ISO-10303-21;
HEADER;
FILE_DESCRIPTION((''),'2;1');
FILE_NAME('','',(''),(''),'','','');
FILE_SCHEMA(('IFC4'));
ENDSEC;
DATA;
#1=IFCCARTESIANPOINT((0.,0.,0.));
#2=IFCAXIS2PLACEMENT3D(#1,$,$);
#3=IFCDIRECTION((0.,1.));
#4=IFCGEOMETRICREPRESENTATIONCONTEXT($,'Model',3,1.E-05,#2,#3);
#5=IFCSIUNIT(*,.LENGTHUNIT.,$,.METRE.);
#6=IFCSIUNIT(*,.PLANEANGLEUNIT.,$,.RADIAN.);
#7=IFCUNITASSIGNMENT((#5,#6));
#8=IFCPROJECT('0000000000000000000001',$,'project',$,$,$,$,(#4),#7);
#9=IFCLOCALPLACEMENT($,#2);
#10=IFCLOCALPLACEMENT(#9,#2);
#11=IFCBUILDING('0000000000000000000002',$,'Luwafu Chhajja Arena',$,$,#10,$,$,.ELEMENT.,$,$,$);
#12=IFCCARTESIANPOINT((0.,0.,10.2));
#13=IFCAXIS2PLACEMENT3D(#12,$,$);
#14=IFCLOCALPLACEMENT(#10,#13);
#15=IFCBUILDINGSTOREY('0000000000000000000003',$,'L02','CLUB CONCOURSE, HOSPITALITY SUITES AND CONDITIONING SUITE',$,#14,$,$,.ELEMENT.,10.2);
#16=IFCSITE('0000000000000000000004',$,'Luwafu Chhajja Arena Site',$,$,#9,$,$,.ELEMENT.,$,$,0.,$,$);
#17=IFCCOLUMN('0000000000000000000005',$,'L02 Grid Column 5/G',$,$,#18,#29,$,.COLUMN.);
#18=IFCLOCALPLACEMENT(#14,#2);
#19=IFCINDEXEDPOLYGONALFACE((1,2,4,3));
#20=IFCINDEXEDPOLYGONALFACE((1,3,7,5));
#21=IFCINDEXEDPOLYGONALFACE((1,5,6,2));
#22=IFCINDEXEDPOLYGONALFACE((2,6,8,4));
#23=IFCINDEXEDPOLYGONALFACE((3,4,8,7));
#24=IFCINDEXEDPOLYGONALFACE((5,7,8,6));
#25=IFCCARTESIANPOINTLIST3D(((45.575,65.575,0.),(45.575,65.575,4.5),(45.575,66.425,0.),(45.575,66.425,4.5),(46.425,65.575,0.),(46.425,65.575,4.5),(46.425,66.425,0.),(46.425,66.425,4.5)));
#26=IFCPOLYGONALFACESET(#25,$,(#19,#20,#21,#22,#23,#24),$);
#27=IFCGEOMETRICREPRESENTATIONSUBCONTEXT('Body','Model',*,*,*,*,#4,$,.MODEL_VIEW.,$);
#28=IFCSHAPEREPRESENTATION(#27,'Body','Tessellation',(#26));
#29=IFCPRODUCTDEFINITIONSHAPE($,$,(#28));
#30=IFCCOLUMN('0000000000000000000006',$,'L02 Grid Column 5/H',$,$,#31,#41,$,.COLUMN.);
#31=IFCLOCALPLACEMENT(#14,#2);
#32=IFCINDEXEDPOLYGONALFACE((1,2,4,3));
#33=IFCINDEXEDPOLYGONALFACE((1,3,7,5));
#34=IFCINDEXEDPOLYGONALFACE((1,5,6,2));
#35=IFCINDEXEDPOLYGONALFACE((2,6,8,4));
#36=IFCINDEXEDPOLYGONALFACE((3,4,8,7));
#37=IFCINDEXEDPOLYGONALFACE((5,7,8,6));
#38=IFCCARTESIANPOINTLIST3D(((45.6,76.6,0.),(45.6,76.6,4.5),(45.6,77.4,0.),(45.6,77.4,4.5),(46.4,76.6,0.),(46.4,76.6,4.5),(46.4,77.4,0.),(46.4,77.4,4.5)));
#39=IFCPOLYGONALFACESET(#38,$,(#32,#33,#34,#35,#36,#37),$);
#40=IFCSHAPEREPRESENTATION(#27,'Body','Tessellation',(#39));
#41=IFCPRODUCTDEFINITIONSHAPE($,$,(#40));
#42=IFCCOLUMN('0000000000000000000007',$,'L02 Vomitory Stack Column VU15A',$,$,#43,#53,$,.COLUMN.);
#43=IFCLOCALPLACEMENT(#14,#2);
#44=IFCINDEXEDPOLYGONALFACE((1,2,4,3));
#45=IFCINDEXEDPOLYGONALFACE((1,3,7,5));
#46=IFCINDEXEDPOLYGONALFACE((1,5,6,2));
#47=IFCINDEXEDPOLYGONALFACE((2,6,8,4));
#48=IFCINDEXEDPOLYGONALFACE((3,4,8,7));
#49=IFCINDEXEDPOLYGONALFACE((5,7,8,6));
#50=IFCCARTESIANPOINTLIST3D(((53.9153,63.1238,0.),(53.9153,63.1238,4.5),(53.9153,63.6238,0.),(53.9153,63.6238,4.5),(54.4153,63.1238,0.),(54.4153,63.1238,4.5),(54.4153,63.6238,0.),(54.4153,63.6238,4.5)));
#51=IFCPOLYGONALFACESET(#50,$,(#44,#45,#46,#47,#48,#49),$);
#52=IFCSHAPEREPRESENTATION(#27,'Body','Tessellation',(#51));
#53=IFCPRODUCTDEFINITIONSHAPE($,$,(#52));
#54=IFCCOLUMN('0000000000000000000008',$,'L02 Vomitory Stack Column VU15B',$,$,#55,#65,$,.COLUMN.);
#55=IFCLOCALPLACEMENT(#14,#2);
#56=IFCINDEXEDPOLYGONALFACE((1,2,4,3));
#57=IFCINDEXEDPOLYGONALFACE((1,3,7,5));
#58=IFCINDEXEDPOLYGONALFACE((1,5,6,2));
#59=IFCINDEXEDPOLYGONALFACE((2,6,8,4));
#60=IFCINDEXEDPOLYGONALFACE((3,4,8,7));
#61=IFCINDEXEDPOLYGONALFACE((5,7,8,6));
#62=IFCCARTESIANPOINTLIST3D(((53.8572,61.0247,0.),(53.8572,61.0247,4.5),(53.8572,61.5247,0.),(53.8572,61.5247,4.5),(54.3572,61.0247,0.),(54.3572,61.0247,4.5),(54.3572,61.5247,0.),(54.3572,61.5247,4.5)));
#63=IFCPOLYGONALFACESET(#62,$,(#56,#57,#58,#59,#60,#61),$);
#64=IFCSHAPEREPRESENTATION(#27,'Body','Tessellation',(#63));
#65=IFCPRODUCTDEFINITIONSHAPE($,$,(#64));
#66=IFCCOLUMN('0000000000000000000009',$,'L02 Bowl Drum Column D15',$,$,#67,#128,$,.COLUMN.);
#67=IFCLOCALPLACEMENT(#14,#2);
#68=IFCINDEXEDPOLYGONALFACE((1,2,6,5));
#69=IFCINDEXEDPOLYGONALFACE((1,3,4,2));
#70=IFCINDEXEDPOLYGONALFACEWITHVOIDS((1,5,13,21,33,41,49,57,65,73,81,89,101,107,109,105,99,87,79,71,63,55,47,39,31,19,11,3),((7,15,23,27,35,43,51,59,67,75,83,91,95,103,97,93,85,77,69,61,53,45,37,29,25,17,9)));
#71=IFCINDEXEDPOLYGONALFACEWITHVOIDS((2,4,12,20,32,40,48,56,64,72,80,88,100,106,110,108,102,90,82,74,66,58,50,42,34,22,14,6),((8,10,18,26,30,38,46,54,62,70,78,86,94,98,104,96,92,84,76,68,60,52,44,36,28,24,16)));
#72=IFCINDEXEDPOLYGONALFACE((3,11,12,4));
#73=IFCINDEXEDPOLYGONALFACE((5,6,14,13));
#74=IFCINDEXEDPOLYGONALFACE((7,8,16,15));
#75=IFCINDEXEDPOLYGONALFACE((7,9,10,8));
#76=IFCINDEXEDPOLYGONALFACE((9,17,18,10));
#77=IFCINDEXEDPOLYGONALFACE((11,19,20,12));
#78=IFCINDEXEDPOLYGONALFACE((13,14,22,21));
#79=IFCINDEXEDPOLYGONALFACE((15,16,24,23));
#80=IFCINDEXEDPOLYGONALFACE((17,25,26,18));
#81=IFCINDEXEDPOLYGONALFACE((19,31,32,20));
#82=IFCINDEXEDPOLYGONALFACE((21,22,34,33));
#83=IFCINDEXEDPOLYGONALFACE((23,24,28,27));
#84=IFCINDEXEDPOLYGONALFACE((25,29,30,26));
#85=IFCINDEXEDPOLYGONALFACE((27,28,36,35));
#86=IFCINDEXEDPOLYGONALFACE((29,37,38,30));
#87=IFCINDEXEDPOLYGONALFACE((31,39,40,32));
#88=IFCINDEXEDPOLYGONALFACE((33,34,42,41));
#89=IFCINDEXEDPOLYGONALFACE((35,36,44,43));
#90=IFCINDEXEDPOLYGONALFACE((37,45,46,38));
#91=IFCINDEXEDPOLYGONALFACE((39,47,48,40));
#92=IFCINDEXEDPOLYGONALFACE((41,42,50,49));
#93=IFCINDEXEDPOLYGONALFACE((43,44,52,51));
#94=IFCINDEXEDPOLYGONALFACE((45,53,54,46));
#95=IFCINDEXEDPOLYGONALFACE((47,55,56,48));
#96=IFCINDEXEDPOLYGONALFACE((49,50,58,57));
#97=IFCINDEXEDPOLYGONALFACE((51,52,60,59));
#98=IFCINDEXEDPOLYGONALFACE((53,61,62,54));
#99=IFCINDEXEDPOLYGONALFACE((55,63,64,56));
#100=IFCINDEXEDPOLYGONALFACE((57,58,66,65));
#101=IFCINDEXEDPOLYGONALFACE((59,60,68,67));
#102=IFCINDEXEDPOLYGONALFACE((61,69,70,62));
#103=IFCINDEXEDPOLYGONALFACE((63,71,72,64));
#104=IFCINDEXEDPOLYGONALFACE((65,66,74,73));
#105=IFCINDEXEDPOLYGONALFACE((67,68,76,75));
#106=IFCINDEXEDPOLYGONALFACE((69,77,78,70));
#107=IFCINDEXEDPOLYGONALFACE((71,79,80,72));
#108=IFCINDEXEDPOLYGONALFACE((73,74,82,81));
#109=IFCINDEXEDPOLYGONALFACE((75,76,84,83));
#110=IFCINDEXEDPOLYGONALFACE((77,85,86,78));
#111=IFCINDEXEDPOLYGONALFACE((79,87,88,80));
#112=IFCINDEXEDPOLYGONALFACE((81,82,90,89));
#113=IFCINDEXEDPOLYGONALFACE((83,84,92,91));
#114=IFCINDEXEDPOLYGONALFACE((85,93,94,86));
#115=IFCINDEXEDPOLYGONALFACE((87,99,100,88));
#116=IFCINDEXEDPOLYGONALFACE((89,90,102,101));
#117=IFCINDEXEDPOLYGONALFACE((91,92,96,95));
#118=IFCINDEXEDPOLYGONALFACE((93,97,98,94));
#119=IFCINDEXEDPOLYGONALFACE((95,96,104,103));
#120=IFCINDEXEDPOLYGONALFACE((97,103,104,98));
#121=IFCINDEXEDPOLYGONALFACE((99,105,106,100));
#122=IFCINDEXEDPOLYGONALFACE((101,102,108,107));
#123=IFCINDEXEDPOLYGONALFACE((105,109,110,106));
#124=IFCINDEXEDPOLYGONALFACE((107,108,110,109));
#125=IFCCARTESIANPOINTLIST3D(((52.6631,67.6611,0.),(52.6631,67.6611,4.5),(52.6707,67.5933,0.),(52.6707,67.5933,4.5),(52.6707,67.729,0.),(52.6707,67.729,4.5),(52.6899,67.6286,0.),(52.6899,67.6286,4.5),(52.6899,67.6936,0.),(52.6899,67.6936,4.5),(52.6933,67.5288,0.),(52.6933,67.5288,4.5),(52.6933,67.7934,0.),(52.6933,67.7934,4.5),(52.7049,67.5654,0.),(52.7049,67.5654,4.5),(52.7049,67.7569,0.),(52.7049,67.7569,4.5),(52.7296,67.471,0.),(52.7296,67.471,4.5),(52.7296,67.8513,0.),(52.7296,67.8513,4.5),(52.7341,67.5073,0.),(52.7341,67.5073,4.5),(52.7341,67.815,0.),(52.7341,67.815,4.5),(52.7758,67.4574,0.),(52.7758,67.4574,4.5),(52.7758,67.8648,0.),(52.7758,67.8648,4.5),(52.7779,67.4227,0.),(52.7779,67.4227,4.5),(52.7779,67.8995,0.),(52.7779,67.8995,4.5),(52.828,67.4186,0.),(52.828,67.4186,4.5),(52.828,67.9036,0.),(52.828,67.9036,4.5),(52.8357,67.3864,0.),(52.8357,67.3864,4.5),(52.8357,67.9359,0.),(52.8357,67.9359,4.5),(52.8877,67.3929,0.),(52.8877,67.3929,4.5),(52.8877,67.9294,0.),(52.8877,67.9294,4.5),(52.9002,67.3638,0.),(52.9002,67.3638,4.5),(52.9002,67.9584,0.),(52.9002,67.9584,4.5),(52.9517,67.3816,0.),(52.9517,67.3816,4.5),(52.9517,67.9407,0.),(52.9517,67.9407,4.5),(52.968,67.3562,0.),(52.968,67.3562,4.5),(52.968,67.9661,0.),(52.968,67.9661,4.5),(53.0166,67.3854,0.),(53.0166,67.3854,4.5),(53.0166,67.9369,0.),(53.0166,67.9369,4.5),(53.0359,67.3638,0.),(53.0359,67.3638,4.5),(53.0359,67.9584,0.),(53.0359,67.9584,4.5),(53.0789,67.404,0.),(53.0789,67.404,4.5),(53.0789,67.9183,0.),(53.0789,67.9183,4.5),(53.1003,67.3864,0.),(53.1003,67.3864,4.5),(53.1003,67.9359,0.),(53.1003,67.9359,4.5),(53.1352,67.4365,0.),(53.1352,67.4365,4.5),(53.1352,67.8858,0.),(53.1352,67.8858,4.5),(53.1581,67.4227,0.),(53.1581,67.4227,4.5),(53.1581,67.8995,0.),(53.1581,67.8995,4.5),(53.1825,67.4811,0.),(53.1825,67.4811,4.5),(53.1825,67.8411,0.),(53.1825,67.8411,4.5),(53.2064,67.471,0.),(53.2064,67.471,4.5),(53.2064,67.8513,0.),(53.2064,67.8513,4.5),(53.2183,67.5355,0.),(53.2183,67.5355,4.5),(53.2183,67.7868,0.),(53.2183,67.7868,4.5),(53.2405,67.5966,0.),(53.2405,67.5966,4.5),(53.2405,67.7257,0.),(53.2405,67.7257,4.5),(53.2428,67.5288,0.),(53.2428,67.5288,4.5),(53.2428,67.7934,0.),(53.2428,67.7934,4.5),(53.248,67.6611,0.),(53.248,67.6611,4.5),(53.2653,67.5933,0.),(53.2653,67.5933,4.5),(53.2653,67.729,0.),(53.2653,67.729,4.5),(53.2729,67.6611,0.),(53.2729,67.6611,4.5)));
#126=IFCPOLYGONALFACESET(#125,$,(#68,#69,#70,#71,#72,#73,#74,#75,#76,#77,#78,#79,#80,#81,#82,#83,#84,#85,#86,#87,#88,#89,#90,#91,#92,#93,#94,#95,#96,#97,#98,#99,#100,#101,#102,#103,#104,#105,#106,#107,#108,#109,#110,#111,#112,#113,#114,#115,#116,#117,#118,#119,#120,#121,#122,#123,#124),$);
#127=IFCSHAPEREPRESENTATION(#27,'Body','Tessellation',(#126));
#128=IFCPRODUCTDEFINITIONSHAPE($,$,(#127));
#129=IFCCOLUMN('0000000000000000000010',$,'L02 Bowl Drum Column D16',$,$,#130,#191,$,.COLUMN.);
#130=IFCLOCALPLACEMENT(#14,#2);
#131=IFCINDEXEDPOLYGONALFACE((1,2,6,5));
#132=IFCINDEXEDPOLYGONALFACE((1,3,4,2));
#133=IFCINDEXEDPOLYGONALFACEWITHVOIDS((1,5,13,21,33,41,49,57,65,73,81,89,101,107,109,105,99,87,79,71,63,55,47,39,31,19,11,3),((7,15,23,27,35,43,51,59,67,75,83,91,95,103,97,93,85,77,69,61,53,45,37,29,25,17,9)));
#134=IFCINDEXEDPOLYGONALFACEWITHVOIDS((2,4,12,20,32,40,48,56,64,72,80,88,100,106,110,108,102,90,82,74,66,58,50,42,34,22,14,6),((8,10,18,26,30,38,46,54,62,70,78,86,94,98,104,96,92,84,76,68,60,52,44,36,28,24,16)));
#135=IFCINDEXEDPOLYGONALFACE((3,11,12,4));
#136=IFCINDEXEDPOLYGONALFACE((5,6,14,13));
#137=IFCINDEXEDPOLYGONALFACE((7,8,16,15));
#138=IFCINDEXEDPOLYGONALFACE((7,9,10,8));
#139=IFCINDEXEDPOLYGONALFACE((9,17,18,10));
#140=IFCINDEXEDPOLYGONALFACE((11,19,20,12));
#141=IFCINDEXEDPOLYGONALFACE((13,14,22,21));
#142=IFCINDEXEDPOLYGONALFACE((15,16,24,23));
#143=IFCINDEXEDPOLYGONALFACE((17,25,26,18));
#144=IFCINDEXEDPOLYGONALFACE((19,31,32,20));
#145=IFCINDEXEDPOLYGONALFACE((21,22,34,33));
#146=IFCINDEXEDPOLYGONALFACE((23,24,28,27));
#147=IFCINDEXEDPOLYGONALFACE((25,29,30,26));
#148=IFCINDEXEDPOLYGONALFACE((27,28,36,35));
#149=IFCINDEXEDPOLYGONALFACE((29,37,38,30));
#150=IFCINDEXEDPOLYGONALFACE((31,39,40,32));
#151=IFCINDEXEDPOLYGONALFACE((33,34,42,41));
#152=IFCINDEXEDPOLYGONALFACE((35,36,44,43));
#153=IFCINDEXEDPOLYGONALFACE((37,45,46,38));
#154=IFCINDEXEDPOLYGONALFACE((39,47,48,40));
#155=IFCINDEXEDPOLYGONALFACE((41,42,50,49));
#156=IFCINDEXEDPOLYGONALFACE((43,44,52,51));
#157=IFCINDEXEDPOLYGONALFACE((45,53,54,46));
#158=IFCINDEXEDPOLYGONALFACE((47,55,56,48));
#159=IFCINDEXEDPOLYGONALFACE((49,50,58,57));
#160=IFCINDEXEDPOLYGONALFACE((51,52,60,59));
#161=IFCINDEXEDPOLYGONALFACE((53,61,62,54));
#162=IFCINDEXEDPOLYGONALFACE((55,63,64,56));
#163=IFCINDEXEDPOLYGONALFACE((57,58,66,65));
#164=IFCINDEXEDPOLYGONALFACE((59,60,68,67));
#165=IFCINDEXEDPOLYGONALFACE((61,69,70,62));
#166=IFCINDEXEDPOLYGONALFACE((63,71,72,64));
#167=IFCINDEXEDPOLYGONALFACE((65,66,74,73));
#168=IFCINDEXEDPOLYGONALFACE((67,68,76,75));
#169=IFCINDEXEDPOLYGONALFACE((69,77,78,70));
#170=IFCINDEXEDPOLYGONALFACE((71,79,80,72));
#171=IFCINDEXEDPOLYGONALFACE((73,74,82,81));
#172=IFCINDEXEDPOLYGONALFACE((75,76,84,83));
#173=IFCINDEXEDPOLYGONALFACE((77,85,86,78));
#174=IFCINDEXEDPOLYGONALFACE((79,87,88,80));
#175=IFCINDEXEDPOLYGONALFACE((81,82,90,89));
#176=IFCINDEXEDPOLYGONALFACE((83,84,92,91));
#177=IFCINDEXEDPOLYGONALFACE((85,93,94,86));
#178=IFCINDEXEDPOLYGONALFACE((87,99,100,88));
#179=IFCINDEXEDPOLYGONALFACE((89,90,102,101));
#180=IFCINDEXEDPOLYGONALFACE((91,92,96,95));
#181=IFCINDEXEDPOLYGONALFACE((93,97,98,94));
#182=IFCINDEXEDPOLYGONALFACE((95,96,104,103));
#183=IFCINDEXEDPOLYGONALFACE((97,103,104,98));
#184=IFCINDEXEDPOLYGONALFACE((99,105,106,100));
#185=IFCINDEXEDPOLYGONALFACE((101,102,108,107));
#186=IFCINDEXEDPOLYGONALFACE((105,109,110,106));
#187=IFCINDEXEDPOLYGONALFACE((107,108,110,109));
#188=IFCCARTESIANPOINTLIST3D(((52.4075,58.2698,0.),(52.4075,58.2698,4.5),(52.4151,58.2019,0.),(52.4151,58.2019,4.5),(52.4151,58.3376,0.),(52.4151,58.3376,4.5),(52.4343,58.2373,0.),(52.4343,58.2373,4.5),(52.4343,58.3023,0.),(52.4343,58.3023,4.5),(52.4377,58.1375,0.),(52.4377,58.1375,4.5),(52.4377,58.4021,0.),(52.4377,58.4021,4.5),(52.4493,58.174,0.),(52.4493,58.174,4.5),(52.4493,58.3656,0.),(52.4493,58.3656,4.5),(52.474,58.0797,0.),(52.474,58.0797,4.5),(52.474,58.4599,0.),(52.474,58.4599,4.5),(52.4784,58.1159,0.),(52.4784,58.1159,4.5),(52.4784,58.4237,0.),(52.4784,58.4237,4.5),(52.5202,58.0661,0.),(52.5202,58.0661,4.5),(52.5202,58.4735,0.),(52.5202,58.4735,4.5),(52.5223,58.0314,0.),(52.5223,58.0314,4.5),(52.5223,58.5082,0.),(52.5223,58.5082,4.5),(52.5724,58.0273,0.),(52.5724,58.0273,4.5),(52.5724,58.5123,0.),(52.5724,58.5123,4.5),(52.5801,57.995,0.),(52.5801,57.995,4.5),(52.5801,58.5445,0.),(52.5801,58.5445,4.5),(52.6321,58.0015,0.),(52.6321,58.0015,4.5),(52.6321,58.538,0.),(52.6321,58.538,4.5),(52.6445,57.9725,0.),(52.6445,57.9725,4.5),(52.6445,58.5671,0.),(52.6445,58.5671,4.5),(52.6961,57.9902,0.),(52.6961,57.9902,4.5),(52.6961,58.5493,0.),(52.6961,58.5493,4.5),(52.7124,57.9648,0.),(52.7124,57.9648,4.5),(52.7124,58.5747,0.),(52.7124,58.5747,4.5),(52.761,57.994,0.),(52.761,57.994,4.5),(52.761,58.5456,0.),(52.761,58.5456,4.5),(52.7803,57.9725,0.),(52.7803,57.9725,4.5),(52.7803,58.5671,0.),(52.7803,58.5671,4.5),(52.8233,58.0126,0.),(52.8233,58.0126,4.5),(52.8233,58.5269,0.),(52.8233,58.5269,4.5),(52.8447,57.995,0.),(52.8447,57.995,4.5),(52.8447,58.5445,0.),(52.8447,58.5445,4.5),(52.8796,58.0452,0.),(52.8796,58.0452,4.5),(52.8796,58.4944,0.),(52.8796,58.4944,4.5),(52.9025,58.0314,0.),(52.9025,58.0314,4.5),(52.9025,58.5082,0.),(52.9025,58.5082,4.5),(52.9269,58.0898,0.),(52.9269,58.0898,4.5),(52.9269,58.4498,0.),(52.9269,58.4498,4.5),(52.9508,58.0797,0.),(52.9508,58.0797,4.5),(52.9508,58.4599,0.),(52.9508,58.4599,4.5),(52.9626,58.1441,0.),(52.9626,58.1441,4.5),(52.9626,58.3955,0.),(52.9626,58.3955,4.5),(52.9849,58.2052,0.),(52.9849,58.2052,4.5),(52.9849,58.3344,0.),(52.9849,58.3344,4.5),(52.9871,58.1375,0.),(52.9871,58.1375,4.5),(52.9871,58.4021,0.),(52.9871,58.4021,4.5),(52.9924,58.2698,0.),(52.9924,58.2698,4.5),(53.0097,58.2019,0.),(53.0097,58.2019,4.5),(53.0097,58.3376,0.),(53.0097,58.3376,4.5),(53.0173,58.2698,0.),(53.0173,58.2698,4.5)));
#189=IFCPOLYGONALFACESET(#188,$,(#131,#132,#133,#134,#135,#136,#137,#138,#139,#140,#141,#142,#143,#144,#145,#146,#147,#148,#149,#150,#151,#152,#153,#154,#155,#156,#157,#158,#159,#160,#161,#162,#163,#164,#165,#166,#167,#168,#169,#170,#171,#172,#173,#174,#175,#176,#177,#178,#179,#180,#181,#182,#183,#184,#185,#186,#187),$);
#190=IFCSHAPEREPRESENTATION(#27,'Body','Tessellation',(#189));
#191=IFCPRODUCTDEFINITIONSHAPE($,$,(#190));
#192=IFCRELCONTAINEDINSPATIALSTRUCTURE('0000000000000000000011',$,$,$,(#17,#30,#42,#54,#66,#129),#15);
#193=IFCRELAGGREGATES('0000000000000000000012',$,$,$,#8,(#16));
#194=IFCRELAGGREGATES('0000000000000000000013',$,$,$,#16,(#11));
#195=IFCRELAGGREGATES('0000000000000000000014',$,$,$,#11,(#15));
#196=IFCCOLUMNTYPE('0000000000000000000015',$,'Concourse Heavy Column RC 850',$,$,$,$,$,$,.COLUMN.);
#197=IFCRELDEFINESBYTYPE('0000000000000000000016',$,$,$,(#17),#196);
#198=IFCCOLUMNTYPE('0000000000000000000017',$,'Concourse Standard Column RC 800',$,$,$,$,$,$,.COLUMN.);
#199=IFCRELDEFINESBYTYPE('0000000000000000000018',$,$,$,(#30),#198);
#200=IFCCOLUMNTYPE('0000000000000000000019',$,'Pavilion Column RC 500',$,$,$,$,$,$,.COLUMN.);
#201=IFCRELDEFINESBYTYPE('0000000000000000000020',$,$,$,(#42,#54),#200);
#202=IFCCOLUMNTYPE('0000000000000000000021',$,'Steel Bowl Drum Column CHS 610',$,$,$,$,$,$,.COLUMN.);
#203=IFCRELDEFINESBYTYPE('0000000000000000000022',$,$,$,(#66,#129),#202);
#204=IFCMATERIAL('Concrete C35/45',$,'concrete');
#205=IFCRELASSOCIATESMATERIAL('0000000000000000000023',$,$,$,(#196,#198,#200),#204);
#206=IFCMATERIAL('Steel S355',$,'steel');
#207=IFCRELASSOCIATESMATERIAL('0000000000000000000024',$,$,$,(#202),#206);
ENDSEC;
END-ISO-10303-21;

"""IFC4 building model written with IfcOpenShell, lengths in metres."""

from ifc_helpers import new_model, si_unit, direction, frame, origin, origin_2d, place, context, subcontext, project, spatial, rectangle, hollow_circle, extrude, material, material_profile, profile_set, type_object, element, save


model = new_model("IFC4")

# Units and contexts
model_context = context("Model", 3, precision=1e-05, world=origin(), true_north=direction((0.0, 1.0)))
body_context = subcontext(model_context, "Body", "Model", "MODEL_VIEW")
ifc_project = project(units=[si_unit("LENGTHUNIT", "METRE"), si_unit("PLANEANGLEUNIT", "RADIAN")], contexts=[model_context])

# Site, building, storey
site_placement = place(None, origin())
site = spatial("IfcSite", under=ifc_project, at=site_placement, Name="Luwafu Chhajja Arena Site", CompositionType="ELEMENT", RefElevation=0.0)
building_placement = place(site_placement, origin())
building = spatial("IfcBuilding", under=site, at=building_placement, Name="Luwafu Chhajja Arena", CompositionType="ELEMENT")
storey_placement = place(building_placement, frame((0.0, 0.0, 10.2)))
storey = spatial("IfcBuildingStorey", under=building, at=storey_placement, Name="L02", Description="CLUB CONCOURSE, HOSPITALITY SUITES AND CONDITIONING SUITE", CompositionType="ELEMENT", Elevation=10.2)

# Columns
ifc_material_1 = material(Name="Concrete C35/45", Category="concrete")
ifc_material_profile_1 = material_profile(ifc_material_1, rectangle(XDim=0.8501, YDim=0.8501, at=origin_2d()), Name="RC 850x850")
ifc_profile_set_1 = profile_set([ifc_material_profile_1], Name="Concrete C35/45")
column_type_1 = type_object("IfcColumnType", Name="Concourse Heavy Column RC 850", PredefinedType="COLUMN", material=ifc_profile_set_1)
column_1_placement = place(storey_placement, frame((46.0, 66.0, 0.0), z_axis=(0.0, 0.0, 1.0), x_axis=(1.0, 0.0, 0.0)))
element("IfcColumn", 1, at=column_1_placement, inside=storey, type_object=column_type_1, Name="L02 Grid Column 5/G", PredefinedType="COLUMN", context=body_context, shape_type="SweptSolid", body=[
    extrude(rectangle(XDim=0.8501, YDim=0.8501, at=origin_2d()), origin(), (0.0, 0.0, 1.0), 4.5),
])
ifc_material_profile_2 = material_profile(ifc_material_1, rectangle(XDim=0.8, YDim=0.8, at=origin_2d()), Name="RC 800x800")
ifc_profile_set_2 = profile_set([ifc_material_profile_2], Name="Concrete C35/45")
column_type_2 = type_object("IfcColumnType", Name="Concourse Standard Column RC 800", PredefinedType="COLUMN", material=ifc_profile_set_2)
column_2_placement = place(storey_placement, frame((46.0, 77.0, 0.0), z_axis=(0.0, 0.0, 1.0), x_axis=(1.0, 0.0, 0.0)))
element("IfcColumn", 2, at=column_2_placement, inside=storey, type_object=column_type_2, Name="L02 Grid Column 5/H", PredefinedType="COLUMN", context=body_context, shape_type="SweptSolid", body=[
    extrude(rectangle(XDim=0.8, YDim=0.8, at=origin_2d()), origin(), (0.0, 0.0, 1.0), 4.5),
])
ifc_material_profile_3 = material_profile(ifc_material_1, rectangle(XDim=0.5, YDim=0.5, at=origin_2d()), Name="RC 500x500")
ifc_profile_set_3 = profile_set([ifc_material_profile_3], Name="Concrete C35/45")
column_type_3 = type_object("IfcColumnType", Name="Pavilion Column RC 500", PredefinedType="COLUMN", material=ifc_profile_set_3)
for number, where, z_axis, x_axis, name in (
    (3, (54.1653, 63.3738, 0.0), (0.0, 0.0, 1.0), (1.0, 0.0, 0.0), "L02 Vomitory Stack Column VU15A"),
    (4, (54.1072, 61.2747, 0.0), (0.0, 0.0, 1.0), (1.0, 0.0, 0.0), "L02 Vomitory Stack Column VU15B"),
):
    element("IfcColumn", number, at=place(storey_placement, frame(where, z_axis=z_axis, x_axis=x_axis)), inside=storey, type_object=column_type_3, Name=name, PredefinedType="COLUMN", context=body_context, shape_type="SweptSolid", body=[
        extrude(rectangle(XDim=0.5, YDim=0.5, at=origin_2d()), origin(), (0.0, 0.0, 1.0), 4.5),
    ])
ifc_material_2 = material(Name="Steel S355", Category="steel")
ifc_material_profile_4 = material_profile(ifc_material_2, hollow_circle(Radius=0.3049, WallThickness=0.0249, at=origin_2d()), Name="CHS 610x25")
ifc_profile_set_4 = profile_set([ifc_material_profile_4], Name="Steel S355")
column_type_4 = type_object("IfcColumnType", Name="Steel Bowl Drum Column CHS 610", PredefinedType="COLUMN", material=ifc_profile_set_4)
for number, where, z_axis, x_axis, name in (
    (5, (52.968, 67.6611, 0.0), (0.0, 0.0, 1.0), (1.0, 0.0, 0.0), "L02 Bowl Drum Column D15"),
    (6, (52.7124, 58.2698, 0.0), (0.0, 0.0, 1.0), (1.0, 0.0, 0.0), "L02 Bowl Drum Column D16"),
):
    element("IfcColumn", number, at=place(storey_placement, frame(where, z_axis=z_axis, x_axis=x_axis)), inside=storey, type_object=column_type_4, Name=name, PredefinedType="COLUMN", context=body_context, shape_type="SweptSolid", body=[
        extrude(hollow_circle(Radius=0.3049, WallThickness=0.0249, at=origin_2d()), origin(), (0.0, 0.0, 1.0), 4.5),
    ])

save(model, "model.ifc")
